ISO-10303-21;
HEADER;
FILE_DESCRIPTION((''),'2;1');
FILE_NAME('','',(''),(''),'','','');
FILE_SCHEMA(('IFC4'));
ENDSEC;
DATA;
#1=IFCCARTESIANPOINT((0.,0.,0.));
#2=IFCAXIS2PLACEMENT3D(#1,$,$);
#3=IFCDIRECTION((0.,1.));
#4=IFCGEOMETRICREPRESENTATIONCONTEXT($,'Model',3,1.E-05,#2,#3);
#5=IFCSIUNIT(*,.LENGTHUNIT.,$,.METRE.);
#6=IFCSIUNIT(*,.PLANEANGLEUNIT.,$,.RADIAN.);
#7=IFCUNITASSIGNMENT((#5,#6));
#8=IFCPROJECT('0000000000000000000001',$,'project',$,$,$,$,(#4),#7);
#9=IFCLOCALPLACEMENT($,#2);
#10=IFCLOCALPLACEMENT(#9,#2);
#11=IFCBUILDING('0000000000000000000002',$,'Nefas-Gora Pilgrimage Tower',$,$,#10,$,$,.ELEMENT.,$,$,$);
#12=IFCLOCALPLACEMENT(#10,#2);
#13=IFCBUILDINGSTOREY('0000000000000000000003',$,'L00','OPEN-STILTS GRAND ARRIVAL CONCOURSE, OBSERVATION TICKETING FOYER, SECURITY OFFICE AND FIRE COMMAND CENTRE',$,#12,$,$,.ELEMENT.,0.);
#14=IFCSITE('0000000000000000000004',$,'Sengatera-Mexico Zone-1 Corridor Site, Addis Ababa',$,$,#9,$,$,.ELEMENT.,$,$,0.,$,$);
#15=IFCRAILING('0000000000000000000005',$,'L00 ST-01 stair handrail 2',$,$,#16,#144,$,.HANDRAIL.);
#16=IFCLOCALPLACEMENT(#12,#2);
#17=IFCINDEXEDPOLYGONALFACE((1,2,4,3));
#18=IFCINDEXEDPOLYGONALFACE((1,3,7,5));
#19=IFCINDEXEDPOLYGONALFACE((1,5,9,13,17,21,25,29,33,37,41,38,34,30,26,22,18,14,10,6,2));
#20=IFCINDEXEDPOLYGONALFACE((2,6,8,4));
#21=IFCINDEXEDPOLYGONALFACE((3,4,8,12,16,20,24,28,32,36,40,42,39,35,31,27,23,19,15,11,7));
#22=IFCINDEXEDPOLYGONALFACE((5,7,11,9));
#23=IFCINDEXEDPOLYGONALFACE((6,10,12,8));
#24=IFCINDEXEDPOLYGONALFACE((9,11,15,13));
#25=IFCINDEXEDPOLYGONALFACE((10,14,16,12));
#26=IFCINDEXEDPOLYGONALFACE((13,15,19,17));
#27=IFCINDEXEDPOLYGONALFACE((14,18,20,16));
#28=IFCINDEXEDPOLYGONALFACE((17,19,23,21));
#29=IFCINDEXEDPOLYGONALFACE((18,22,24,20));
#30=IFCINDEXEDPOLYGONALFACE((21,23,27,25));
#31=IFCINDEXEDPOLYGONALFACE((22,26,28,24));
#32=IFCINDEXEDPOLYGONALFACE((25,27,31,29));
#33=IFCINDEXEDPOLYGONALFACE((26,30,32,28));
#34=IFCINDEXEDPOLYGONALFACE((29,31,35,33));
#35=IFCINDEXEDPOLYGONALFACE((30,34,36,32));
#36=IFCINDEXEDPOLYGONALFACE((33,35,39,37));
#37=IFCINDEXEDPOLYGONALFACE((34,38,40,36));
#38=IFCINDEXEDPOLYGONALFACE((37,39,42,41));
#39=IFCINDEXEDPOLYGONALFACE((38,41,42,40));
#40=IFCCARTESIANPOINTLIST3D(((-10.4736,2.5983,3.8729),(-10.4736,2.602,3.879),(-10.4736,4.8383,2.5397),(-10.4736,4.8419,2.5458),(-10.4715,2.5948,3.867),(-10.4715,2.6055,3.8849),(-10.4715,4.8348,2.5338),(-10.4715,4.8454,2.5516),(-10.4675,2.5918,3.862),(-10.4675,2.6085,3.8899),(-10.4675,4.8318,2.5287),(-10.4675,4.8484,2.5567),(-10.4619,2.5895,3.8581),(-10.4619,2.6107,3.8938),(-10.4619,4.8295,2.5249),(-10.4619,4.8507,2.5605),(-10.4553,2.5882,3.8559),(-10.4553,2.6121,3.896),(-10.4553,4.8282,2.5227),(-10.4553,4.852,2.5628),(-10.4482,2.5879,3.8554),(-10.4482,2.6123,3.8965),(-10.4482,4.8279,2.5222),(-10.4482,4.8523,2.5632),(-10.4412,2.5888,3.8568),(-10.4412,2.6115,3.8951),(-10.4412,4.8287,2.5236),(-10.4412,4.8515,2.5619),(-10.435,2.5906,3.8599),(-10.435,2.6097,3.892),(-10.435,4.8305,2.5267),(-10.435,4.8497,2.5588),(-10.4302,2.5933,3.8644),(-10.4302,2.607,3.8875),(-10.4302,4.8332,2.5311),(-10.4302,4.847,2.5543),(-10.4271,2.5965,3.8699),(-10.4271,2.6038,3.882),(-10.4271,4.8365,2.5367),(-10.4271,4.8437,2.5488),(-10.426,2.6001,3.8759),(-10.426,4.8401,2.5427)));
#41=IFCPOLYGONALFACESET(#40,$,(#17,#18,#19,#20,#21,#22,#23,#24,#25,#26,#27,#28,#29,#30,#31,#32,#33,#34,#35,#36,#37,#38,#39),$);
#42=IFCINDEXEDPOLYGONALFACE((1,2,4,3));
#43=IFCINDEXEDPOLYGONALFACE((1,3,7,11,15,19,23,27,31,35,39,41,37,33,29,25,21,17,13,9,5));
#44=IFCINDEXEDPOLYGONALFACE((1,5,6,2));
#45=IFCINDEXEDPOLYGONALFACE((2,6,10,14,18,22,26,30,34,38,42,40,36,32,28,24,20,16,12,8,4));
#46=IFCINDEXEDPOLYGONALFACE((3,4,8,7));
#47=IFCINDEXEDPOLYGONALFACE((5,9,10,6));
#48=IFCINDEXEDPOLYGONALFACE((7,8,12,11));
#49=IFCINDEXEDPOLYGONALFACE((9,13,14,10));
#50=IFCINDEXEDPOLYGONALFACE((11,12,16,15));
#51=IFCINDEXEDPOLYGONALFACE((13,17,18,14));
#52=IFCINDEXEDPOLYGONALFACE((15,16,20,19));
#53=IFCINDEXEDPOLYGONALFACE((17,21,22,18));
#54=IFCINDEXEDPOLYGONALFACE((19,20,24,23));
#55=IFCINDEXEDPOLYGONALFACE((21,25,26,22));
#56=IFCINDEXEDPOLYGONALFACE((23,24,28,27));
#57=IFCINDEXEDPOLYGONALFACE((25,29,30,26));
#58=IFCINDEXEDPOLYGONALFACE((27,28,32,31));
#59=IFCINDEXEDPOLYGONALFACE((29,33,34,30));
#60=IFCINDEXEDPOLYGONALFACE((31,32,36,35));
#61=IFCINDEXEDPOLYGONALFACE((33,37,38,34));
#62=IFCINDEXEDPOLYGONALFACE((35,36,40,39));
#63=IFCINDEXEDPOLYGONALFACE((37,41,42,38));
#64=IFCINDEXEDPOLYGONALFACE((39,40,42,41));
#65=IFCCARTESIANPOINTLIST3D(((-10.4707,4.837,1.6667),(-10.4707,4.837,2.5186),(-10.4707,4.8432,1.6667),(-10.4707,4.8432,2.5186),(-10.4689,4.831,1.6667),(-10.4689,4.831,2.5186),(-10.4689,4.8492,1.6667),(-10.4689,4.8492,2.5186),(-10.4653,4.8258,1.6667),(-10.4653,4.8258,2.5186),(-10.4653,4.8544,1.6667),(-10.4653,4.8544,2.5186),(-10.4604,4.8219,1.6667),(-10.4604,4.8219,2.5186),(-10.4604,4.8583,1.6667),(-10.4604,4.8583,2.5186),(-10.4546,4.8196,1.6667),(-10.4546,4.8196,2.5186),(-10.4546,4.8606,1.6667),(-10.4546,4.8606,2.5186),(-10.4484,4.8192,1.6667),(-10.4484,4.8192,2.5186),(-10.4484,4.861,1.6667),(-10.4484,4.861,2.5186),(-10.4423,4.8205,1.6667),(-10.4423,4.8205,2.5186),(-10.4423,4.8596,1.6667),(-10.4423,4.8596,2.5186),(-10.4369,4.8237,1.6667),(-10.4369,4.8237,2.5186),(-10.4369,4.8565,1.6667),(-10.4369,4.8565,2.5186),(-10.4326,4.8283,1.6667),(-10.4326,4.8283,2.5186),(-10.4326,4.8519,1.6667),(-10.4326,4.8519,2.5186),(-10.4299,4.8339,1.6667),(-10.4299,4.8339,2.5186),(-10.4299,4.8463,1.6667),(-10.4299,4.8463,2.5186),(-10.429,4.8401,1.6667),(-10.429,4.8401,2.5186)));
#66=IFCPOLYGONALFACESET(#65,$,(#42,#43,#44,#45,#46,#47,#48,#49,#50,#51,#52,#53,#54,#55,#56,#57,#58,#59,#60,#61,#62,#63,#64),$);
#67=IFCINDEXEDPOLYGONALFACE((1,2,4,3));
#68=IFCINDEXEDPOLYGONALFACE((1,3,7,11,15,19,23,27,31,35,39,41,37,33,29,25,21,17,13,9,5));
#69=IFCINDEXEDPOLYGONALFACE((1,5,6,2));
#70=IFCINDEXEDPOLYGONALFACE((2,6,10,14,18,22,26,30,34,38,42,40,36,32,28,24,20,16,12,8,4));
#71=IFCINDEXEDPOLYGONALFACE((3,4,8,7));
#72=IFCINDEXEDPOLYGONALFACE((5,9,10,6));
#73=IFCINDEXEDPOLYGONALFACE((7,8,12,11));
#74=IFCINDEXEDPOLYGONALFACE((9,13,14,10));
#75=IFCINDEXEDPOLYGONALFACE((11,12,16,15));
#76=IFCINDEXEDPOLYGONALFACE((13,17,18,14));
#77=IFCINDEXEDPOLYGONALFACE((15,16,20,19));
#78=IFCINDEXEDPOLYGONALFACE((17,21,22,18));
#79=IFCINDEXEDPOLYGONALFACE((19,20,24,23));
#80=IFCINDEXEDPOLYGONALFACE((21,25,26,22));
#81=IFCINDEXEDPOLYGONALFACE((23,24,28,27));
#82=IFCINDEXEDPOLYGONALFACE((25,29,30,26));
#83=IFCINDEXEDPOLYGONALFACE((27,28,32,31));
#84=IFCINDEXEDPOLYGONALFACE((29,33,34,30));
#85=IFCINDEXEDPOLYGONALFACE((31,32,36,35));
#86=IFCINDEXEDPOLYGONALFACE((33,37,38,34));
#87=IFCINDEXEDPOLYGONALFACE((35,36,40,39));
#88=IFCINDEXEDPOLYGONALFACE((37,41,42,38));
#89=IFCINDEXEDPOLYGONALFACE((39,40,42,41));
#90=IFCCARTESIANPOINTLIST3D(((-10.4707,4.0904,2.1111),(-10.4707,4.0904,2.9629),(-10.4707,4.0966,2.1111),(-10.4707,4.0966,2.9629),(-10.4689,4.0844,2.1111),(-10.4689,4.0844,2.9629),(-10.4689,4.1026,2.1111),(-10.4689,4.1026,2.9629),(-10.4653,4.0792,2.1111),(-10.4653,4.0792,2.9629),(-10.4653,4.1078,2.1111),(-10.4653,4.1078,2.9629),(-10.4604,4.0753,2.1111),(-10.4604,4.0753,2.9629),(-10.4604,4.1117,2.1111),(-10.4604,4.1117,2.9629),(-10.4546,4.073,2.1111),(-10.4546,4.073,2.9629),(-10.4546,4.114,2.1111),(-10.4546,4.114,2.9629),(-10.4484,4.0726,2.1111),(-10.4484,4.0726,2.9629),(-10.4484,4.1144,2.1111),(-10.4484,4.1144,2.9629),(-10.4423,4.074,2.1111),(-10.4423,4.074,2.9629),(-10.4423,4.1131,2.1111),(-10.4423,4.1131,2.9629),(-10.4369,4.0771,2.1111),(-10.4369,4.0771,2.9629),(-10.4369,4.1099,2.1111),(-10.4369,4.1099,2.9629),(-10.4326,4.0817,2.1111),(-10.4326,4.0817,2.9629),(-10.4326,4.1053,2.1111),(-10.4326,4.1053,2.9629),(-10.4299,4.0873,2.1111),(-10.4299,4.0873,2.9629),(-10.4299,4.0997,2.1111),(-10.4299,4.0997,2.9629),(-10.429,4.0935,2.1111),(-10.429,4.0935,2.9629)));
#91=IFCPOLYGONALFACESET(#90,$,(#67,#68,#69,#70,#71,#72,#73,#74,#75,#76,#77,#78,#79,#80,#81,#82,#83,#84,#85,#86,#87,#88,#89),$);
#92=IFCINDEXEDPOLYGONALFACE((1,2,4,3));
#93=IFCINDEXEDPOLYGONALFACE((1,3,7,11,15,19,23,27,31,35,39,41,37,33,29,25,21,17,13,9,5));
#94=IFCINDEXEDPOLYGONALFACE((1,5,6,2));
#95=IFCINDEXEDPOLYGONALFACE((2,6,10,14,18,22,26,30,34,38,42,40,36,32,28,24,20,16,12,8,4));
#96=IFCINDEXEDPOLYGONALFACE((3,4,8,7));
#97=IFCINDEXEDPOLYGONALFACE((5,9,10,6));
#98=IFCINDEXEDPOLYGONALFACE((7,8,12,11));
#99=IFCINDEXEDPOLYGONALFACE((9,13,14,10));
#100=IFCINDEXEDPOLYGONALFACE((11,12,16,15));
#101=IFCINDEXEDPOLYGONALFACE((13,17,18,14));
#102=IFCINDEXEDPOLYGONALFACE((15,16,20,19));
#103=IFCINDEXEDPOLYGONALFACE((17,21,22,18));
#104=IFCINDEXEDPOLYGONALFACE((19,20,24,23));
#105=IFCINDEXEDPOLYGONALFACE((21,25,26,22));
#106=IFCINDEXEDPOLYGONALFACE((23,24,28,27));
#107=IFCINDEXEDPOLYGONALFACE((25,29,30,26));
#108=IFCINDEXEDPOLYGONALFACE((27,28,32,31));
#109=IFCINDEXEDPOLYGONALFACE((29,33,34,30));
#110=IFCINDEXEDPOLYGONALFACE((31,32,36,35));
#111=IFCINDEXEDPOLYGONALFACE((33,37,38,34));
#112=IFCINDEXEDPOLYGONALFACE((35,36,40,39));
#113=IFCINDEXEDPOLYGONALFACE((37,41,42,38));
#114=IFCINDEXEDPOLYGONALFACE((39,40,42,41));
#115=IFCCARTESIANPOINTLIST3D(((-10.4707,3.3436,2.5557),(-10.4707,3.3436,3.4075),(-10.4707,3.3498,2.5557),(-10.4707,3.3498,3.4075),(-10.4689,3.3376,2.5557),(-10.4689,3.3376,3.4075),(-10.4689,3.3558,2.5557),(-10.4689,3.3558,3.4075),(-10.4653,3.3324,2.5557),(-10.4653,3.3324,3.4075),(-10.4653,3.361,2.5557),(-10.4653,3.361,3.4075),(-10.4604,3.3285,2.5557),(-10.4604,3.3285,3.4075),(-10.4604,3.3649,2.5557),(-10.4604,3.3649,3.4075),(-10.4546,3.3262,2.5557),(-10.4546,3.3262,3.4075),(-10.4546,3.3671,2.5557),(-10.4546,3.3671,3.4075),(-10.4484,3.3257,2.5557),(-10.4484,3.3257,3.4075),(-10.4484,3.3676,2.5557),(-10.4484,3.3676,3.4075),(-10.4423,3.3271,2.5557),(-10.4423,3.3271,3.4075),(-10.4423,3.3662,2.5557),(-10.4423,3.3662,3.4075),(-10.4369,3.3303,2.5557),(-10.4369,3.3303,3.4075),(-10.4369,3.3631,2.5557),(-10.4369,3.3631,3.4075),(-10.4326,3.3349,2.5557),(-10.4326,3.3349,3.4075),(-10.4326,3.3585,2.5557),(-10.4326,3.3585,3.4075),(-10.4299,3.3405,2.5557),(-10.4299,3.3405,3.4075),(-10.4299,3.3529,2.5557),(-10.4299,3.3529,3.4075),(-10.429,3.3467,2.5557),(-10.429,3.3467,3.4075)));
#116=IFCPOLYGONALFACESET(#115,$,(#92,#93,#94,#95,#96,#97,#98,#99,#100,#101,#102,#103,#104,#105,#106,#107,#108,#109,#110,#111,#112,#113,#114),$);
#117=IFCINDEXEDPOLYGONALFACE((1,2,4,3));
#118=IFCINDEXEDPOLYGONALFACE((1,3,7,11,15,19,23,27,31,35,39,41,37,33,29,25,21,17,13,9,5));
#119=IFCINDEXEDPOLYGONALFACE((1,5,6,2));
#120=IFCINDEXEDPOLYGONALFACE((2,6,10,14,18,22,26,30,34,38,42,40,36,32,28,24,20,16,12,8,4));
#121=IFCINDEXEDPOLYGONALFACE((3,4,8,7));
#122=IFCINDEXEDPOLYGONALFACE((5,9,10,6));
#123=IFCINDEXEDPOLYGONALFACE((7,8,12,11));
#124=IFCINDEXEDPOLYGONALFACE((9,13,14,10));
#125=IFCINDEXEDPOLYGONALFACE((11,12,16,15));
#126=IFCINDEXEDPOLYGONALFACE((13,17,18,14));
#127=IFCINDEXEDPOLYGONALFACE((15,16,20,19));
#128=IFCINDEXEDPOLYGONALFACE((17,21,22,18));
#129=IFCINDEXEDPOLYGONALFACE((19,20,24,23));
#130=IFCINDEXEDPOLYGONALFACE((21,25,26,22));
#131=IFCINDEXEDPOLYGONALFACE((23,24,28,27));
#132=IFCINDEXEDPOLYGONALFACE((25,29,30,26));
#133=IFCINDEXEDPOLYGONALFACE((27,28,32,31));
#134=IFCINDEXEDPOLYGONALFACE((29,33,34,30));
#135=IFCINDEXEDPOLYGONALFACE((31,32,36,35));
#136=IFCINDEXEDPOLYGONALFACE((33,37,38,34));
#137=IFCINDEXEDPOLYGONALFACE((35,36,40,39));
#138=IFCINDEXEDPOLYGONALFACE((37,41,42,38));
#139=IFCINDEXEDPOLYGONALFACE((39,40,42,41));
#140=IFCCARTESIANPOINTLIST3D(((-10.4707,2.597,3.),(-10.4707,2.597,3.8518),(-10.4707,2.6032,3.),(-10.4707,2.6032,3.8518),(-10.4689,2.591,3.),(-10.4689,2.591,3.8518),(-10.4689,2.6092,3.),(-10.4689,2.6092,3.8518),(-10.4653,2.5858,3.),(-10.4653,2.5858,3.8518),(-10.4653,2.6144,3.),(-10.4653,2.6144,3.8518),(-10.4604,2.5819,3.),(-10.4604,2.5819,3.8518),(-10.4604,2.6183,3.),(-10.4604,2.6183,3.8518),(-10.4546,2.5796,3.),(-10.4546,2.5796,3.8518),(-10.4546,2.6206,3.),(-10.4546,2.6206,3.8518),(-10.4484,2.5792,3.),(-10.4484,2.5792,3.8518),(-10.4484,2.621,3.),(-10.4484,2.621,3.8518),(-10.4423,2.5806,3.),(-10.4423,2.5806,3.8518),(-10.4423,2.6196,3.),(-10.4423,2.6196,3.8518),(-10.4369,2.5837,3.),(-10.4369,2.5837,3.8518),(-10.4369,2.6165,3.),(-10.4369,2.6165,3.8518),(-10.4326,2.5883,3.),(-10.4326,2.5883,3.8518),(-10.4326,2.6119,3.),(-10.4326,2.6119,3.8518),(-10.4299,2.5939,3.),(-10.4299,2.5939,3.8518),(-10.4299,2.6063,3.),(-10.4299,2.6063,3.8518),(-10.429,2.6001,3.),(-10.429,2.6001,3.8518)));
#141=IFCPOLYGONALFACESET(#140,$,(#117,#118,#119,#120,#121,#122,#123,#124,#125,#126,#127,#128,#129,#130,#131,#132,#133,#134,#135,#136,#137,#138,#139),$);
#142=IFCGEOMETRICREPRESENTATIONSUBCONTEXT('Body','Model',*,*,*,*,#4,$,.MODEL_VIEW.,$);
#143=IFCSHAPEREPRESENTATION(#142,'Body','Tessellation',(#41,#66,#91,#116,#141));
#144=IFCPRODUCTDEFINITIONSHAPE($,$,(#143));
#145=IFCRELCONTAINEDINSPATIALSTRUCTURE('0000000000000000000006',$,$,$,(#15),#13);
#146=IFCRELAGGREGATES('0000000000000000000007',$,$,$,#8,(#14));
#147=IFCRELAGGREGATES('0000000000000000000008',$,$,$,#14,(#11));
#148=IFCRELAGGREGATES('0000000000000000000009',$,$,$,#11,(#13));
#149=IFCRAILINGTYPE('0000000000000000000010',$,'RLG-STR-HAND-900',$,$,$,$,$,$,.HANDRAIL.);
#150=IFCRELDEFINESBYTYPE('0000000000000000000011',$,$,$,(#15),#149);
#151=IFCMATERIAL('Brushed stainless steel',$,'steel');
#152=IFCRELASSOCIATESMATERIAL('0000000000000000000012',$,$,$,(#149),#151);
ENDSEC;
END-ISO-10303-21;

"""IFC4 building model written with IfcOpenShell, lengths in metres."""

from ifc_helpers import new_model, si_unit, direction, frame, origin, origin_2d, place, context, subcontext, project, spatial, circle, extrude, material, type_object, element, save


model = new_model("IFC4")

# Units and contexts
model_context = context("Model", 3, precision=1e-05, world=origin(), true_north=direction((0.0, 1.0)))
body_context = subcontext(model_context, "Body", "Model", "MODEL_VIEW")
ifc_project = project(units=[si_unit("LENGTHUNIT", "METRE"), si_unit("PLANEANGLEUNIT", "RADIAN")], contexts=[model_context])

# Site, building, storey
site_placement = place(None, origin())
site = spatial("IfcSite", under=ifc_project, at=site_placement, Name="Sengatera-Mexico Zone-1 Corridor Site, Addis Ababa", CompositionType="ELEMENT", RefElevation=0.0)
building_placement = place(site_placement, origin())
building = spatial("IfcBuilding", under=site, at=building_placement, Name="Nefas-Gora Pilgrimage Tower", CompositionType="ELEMENT")
storey_placement = place(building_placement, origin())
storey = spatial("IfcBuildingStorey", under=building, at=storey_placement, Name="L00", Description="OPEN-STILTS GRAND ARRIVAL CONCOURSE, OBSERVATION TICKETING FOYER, SECURITY OFFICE AND FIRE COMMAND CENTRE", CompositionType="ELEMENT", Elevation=0.0)

# Railing
ifc_material_1 = material(Name="Brushed stainless steel", Category="steel")
railing_type_1 = type_object("IfcRailingType", Name="RLG-STR-HAND-900", PredefinedType="HANDRAIL", material=ifc_material_1)
railing_1_placement = place(storey_placement, frame((-10.45, 4.8401, 1.6667)))
element("IfcRailing", 1, at=railing_1_placement, inside=storey, type_object=railing_type_1, Name="L00 ST-01 stair handrail 2", PredefinedType="HANDRAIL", context=body_context, shape_type="SweptSolid", body=[
    extrude(circle(Radius=0.0239, at=origin_2d()), frame((0.0, 0.0, 0.876), z_axis=(0.0, -0.859306, 0.511462), x_axis=(1.0, 0.0, 0.0)), (0.0, 0.0, 1.0), 2.6067),
    extrude(circle(Radius=0.021, at=origin_2d()), origin(), (0.0, 0.0, 1.0), 0.8518),
    extrude(circle(Radius=0.021, at=origin_2d()), frame((0.0, -0.7466, 0.4443)), (0.0, 0.0, 1.0), 0.8518),
    extrude(circle(Radius=0.021, at=origin_2d()), frame((0.0, -1.4934, 0.8889)), (0.0, 0.0, 1.0), 0.8518),
    extrude(circle(Radius=0.021, at=origin_2d()), frame((0.0, -2.24, 1.3333)), (0.0, 0.0, 1.0), 0.8518),
])

save(model, "model.ifc")
